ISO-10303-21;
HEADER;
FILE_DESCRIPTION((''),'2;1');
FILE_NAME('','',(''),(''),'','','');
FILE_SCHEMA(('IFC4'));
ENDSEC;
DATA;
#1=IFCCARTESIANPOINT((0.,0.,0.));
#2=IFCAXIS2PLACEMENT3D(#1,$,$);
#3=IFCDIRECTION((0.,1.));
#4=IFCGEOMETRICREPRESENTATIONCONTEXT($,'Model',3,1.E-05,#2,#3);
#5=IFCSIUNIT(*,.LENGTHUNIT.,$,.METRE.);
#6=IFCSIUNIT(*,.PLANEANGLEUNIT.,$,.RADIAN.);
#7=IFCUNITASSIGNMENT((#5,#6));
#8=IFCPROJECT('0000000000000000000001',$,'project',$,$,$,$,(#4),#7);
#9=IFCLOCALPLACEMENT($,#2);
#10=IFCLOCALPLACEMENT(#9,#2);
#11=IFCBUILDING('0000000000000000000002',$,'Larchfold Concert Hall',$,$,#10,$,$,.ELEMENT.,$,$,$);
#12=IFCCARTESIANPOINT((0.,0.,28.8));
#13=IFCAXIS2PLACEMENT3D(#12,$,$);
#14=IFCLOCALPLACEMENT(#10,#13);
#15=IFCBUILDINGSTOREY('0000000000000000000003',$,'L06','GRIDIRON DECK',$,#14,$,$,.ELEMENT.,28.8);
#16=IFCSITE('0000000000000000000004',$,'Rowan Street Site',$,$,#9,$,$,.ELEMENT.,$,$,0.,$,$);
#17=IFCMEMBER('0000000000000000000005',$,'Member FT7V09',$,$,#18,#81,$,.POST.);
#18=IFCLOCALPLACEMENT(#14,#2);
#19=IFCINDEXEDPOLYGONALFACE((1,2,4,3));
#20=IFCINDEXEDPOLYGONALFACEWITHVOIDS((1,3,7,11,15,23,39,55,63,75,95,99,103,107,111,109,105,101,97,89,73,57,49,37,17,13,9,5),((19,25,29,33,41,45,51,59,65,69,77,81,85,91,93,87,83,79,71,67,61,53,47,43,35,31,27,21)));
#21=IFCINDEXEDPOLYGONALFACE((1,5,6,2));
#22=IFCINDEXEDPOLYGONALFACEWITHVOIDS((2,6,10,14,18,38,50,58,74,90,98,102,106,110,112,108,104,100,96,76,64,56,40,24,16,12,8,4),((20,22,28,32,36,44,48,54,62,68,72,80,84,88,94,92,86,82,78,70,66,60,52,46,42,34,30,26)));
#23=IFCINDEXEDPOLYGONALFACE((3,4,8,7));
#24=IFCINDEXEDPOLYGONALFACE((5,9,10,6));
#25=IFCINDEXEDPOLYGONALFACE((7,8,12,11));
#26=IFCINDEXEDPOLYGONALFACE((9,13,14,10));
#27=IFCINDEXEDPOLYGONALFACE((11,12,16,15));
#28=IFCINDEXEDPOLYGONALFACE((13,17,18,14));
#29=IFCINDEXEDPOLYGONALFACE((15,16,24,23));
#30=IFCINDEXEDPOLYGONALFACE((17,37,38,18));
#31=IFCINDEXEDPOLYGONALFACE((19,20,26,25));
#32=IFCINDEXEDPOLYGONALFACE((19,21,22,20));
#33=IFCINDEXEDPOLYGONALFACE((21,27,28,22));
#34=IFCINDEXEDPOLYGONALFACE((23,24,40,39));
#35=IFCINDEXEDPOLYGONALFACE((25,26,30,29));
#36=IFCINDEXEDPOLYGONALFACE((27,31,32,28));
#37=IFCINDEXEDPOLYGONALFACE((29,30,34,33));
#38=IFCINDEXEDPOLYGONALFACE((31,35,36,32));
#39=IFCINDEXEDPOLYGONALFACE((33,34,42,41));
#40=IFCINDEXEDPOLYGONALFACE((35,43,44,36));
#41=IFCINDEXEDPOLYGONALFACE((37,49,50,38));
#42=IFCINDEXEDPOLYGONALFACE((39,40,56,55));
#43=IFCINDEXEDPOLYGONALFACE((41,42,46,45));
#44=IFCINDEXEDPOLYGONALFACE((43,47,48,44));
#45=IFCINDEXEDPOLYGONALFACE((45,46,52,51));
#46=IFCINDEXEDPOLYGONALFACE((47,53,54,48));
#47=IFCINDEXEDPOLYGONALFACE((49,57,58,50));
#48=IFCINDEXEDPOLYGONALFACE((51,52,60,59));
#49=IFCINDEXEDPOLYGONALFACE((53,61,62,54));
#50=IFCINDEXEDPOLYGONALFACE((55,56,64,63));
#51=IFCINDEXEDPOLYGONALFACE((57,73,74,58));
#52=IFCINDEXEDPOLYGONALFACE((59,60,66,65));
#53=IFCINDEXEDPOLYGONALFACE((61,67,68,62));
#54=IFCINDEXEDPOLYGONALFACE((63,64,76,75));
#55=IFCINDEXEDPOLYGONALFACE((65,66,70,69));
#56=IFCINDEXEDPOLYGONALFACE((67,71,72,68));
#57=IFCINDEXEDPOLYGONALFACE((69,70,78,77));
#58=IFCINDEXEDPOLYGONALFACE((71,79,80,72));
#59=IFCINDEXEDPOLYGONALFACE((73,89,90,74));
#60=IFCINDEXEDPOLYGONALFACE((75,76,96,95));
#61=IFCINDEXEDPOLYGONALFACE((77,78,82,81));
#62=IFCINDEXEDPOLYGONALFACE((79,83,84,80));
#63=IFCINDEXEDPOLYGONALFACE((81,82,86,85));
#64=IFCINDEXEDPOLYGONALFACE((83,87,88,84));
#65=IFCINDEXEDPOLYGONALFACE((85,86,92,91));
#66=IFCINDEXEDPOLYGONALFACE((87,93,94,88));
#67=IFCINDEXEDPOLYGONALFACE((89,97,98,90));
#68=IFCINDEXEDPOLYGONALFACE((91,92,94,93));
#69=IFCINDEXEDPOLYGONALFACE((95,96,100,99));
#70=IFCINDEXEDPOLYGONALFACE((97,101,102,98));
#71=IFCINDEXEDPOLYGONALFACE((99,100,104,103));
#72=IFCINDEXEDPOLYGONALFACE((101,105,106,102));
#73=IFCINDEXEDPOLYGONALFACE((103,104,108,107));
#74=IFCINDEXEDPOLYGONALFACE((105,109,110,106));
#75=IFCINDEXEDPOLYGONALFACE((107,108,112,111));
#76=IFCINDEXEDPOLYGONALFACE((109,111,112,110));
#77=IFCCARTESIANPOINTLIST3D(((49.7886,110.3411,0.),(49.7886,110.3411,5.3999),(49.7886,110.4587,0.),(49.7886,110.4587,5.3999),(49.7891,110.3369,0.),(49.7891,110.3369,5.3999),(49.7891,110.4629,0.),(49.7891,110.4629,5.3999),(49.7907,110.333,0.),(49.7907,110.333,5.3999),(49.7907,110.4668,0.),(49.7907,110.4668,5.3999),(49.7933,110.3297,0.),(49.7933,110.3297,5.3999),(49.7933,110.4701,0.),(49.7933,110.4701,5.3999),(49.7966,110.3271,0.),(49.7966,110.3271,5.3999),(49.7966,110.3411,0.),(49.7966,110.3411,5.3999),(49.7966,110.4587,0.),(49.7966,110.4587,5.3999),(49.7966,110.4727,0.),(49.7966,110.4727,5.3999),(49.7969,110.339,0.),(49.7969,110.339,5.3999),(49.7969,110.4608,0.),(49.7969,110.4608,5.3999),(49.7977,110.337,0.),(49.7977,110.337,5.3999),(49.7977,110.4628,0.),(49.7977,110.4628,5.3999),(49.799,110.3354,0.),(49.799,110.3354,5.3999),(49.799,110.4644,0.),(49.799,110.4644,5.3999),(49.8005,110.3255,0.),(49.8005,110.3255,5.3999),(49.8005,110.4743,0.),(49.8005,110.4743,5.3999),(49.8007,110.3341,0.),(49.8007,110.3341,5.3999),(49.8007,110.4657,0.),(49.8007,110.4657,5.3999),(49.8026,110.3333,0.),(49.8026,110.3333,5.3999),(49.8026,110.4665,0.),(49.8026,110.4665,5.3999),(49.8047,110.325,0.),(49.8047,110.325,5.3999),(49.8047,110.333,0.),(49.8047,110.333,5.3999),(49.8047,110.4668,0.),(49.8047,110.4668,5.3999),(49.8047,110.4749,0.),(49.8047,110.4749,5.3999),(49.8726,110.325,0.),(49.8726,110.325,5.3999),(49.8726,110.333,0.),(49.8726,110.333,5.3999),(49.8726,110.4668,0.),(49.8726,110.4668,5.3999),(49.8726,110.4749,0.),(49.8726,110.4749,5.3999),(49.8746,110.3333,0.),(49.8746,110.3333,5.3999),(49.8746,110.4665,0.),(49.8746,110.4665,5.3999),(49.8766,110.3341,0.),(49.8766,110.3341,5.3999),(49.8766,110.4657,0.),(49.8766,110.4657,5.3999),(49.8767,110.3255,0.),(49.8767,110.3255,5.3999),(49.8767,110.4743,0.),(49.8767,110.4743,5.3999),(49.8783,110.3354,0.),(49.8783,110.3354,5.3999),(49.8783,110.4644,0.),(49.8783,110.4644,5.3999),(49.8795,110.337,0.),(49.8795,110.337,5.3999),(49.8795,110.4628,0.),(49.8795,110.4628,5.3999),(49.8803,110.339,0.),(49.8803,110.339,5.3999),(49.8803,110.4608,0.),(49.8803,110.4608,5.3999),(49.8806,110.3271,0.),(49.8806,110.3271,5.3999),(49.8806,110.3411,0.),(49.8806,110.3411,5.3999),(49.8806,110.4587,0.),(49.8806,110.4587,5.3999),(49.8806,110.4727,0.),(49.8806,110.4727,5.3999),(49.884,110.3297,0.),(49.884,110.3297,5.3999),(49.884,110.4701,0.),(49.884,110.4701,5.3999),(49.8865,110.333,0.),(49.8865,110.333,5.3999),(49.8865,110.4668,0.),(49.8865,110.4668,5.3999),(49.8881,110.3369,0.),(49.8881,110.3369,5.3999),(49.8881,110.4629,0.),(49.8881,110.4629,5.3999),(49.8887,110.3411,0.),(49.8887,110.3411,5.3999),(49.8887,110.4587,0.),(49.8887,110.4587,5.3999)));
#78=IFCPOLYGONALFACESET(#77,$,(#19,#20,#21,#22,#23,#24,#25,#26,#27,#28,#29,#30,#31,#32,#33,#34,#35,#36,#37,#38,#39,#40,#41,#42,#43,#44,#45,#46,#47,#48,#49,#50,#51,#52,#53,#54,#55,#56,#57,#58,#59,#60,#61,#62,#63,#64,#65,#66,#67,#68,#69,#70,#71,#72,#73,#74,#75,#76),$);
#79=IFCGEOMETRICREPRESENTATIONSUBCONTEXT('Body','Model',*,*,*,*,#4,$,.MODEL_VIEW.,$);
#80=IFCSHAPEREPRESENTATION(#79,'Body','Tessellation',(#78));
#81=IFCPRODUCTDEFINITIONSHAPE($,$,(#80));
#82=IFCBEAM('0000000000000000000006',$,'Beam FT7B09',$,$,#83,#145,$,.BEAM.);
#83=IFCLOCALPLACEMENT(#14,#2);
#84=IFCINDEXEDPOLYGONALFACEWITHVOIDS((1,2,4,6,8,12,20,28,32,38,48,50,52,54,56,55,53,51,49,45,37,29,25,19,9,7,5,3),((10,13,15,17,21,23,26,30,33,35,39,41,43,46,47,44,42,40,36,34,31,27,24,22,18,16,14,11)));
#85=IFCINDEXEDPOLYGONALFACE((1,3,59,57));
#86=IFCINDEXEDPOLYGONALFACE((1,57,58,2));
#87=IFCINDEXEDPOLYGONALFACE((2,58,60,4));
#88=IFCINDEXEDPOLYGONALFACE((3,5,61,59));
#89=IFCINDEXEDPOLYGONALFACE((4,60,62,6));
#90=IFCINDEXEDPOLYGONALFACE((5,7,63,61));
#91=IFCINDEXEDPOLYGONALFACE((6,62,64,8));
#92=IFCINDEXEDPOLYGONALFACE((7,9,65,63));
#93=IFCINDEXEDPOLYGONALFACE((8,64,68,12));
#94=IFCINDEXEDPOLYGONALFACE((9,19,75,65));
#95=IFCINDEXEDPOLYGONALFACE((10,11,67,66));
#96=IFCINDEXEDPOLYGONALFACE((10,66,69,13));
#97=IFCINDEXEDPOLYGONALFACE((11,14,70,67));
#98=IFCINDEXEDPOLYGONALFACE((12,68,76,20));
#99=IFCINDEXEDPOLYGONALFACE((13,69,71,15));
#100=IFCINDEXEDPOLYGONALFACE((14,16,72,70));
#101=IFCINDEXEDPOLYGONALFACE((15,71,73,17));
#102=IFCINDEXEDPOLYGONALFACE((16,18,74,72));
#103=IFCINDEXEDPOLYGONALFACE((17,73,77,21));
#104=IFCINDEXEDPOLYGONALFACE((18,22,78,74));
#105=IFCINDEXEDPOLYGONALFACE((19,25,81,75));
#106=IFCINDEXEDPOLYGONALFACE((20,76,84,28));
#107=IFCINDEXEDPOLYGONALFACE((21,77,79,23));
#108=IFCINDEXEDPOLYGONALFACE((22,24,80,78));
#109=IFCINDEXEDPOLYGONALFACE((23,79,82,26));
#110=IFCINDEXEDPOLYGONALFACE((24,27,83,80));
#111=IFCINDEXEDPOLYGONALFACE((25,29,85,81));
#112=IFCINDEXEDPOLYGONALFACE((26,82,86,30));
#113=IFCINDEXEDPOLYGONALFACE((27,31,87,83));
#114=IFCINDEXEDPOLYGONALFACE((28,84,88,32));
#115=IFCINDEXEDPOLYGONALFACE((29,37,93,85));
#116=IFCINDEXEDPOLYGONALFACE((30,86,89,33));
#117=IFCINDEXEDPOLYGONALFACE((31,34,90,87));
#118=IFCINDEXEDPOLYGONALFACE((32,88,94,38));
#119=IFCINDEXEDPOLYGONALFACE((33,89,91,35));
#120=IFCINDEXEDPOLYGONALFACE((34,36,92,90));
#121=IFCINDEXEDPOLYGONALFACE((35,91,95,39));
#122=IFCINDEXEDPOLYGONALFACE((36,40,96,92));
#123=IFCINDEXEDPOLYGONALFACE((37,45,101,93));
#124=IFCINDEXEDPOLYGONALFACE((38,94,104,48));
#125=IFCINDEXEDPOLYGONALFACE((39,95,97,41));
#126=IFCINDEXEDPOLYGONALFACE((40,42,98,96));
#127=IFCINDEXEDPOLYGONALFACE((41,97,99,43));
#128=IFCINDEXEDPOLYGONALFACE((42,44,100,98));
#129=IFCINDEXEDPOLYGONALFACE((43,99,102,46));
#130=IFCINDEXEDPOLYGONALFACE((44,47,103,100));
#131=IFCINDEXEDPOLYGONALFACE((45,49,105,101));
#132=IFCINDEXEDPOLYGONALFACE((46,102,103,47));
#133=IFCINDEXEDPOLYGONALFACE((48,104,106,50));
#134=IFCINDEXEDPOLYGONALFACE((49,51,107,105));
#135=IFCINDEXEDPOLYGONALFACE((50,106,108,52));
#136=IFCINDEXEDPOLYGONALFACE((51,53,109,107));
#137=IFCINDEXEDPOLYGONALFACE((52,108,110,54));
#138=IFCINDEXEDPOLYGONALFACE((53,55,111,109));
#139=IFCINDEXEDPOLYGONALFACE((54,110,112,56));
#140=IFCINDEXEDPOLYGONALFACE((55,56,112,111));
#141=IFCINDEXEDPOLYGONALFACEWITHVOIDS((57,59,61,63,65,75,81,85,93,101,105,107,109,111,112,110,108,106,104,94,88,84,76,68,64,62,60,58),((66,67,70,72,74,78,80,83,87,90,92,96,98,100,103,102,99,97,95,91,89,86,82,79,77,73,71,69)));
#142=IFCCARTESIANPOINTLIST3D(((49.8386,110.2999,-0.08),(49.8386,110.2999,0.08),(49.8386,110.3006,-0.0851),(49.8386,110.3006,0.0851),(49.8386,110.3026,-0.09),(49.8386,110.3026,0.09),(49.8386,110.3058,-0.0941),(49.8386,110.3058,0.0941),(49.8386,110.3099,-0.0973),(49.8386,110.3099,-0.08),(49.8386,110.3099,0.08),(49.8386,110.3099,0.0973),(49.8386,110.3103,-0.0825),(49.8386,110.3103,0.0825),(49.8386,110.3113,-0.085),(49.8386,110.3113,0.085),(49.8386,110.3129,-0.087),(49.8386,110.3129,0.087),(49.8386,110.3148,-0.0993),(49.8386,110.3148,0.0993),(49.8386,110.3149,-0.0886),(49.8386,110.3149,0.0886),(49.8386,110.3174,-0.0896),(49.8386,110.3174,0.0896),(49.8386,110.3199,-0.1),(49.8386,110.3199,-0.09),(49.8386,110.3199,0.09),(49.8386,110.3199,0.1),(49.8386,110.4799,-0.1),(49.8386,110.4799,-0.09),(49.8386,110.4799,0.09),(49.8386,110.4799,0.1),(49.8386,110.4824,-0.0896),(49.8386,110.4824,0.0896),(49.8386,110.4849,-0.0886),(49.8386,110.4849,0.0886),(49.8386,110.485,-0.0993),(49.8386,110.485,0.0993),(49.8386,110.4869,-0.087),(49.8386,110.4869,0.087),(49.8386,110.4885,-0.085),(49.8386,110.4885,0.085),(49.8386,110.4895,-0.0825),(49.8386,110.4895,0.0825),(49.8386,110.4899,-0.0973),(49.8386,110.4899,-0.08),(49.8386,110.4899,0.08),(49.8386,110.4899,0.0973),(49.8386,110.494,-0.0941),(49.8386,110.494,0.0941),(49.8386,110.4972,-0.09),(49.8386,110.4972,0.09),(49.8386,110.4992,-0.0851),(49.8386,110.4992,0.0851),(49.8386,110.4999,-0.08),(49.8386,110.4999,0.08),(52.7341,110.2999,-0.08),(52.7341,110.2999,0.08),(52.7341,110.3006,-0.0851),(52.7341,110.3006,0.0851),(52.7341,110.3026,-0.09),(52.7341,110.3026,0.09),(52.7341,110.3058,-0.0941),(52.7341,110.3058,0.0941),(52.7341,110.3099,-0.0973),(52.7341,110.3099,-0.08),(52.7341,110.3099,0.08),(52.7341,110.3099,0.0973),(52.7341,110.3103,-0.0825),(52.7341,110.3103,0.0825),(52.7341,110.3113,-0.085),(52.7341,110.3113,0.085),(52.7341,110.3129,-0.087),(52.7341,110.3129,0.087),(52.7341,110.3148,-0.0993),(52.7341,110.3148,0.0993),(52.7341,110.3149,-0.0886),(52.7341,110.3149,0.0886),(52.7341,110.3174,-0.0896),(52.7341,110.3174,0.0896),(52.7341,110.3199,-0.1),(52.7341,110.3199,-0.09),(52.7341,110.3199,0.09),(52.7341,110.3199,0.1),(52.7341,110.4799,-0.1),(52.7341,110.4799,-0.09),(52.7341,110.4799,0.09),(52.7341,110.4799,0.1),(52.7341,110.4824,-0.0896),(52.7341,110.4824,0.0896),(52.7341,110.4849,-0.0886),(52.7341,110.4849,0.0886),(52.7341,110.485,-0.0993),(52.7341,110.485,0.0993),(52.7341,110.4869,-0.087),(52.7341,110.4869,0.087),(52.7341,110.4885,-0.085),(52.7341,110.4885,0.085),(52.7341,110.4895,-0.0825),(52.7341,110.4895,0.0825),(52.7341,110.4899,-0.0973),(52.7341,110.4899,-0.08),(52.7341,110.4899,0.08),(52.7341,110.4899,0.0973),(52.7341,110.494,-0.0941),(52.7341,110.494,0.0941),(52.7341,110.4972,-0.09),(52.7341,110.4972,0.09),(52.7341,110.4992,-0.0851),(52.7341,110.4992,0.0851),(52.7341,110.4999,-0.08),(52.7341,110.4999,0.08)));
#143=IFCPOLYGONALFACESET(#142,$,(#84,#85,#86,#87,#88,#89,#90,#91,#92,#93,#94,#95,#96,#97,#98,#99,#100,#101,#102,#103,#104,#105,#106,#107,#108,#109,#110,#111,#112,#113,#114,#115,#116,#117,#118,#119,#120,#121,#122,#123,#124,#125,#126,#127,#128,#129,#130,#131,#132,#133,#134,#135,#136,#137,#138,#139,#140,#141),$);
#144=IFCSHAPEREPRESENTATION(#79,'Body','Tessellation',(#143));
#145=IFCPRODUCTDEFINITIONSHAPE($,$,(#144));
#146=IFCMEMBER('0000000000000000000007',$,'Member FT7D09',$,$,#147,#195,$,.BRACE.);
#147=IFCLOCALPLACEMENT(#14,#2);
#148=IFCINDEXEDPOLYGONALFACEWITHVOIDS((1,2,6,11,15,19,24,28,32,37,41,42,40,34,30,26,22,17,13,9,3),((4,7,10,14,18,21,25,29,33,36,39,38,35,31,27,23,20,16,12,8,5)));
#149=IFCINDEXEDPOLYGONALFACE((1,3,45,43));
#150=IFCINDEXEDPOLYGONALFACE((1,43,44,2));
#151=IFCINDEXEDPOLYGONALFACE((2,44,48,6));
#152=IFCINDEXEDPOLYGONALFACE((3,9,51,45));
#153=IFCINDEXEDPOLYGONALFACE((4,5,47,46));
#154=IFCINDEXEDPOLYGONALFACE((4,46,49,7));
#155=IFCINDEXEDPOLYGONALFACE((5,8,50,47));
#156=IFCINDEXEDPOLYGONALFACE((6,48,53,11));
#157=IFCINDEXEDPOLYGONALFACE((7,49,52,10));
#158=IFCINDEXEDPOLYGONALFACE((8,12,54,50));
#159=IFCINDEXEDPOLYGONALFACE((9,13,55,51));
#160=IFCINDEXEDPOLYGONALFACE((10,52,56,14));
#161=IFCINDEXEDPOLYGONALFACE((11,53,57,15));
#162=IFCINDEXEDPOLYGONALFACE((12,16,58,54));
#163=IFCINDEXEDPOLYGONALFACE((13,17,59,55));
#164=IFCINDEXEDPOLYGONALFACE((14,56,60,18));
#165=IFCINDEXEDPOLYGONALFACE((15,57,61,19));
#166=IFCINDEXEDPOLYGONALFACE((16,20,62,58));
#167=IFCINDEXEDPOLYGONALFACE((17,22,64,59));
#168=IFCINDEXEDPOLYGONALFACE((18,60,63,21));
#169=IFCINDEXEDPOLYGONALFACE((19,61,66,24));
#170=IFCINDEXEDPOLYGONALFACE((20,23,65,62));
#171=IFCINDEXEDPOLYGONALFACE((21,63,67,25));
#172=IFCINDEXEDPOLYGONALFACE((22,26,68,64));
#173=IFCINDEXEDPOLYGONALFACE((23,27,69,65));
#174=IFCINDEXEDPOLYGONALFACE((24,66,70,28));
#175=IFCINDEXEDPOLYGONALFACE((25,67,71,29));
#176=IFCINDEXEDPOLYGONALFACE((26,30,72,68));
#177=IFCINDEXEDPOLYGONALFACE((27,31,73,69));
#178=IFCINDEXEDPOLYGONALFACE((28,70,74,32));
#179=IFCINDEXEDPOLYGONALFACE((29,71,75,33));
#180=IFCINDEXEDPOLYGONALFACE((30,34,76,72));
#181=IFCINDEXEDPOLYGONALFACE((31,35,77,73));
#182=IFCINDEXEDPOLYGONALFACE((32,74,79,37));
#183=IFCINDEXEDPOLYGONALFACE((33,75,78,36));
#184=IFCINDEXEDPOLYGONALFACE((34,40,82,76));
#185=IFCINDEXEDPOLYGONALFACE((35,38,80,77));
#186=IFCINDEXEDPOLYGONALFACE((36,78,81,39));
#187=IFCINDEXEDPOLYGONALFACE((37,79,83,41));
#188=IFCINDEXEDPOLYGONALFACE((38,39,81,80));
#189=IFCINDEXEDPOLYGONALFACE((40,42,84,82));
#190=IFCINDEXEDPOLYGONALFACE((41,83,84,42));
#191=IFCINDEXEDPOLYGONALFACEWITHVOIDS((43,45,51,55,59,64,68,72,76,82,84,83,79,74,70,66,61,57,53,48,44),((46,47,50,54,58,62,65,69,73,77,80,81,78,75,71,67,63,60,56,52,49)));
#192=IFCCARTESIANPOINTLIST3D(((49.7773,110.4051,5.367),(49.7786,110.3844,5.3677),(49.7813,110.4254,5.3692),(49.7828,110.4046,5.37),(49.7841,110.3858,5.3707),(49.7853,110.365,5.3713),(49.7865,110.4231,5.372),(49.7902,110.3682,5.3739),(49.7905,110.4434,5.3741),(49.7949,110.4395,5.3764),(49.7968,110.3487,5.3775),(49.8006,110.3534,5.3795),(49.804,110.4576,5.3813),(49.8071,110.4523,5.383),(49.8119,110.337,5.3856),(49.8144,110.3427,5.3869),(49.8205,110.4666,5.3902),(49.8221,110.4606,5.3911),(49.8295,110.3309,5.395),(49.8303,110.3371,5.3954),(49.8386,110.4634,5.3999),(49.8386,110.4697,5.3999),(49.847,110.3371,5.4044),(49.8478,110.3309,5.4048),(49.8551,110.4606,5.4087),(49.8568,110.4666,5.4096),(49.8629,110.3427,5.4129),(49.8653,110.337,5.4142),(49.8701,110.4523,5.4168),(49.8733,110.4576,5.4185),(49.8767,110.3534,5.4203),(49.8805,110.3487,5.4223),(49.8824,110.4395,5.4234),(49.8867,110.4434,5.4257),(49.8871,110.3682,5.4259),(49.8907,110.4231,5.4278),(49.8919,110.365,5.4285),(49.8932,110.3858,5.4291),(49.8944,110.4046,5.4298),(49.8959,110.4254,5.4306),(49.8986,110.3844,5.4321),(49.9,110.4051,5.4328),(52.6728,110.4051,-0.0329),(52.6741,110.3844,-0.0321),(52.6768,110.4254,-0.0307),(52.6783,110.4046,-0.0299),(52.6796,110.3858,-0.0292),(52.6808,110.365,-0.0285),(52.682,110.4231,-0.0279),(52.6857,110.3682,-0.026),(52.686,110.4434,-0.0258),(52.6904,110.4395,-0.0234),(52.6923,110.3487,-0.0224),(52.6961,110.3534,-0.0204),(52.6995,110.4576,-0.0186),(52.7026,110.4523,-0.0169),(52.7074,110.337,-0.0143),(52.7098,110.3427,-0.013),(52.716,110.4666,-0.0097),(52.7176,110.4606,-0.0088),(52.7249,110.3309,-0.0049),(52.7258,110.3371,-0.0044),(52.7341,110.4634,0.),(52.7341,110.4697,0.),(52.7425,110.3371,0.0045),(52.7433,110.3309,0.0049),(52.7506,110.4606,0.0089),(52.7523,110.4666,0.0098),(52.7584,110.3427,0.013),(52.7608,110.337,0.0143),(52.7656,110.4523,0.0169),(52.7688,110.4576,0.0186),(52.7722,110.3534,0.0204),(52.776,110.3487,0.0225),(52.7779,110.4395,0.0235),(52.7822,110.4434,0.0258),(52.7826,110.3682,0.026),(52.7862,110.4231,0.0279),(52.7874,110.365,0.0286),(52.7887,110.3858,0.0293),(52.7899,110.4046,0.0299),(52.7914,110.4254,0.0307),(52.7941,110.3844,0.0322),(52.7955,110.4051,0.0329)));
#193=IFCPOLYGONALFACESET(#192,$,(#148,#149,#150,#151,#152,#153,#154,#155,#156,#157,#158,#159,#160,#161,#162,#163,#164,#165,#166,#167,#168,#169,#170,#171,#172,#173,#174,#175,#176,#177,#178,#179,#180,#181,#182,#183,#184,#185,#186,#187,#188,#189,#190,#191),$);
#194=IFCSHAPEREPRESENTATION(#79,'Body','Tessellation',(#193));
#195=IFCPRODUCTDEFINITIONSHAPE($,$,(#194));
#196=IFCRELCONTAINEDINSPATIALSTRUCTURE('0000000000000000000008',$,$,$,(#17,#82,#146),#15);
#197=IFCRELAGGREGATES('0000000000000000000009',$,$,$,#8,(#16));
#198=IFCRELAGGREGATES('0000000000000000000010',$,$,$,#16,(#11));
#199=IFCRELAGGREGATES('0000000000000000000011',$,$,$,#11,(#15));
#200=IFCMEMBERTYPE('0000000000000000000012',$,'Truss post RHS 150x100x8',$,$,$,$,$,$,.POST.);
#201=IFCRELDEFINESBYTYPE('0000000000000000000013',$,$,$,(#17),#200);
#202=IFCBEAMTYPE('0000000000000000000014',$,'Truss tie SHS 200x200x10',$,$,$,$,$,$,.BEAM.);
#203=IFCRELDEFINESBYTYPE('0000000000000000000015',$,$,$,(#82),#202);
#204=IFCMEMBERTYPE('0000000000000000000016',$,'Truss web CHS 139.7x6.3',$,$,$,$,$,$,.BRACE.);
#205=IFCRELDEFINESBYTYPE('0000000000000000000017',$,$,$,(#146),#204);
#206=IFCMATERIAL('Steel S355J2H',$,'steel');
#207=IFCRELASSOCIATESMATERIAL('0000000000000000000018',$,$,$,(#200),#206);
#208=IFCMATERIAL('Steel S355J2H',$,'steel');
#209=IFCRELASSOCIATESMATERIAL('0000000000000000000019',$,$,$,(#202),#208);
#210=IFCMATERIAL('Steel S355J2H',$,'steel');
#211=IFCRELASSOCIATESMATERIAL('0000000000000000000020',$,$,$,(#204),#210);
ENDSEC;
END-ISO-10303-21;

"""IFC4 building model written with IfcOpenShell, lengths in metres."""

from ifc_helpers import new_model, si_unit, direction, frame, origin, origin_2d, place, context, subcontext, project, spatial, hollow_rectangle, hollow_circle, extrude, material, material_profile, profile_set, type_object, element, save


model = new_model("IFC4")

# Units and contexts
model_context = context("Model", 3, precision=1e-05, world=origin(), true_north=direction((0.0, 1.0)))
body_context = subcontext(model_context, "Body", "Model", "MODEL_VIEW")
ifc_project = project(units=[si_unit("LENGTHUNIT", "METRE"), si_unit("PLANEANGLEUNIT", "RADIAN")], contexts=[model_context])

# Site, building, storey
site_placement = place(None, origin())
site = spatial("IfcSite", under=ifc_project, at=site_placement, Name="Rowan Street Site", CompositionType="ELEMENT", RefElevation=0.0)
building_placement = place(site_placement, origin())
building = spatial("IfcBuilding", under=site, at=building_placement, Name="Larchfold Concert Hall", CompositionType="ELEMENT")
storey_placement = place(building_placement, frame((0.0, 0.0, 28.8)))
storey = spatial("IfcBuildingStorey", under=building, at=storey_placement, Name="L06", Description="GRIDIRON DECK", CompositionType="ELEMENT", Elevation=28.8)

# Member
ifc_material_1 = material(Name="Steel S355J2H", Category="steel")
ifc_material_profile_1 = material_profile(ifc_material_1, hollow_rectangle(XDim=0.1001, YDim=0.1499, WallThickness=0.0081, InnerFilletRadius=0.0081, OuterFilletRadius=0.0161, at=origin_2d()))
ifc_profile_set_1 = profile_set([ifc_material_profile_1], Name="Steel S355J2H")
member_type_1 = type_object("IfcMemberType", Name="Truss post RHS 150x100x8", PredefinedType="POST", material=ifc_profile_set_1)
member_1_placement = place(storey_placement, frame((49.8386, 110.3999, 5.3999), z_axis=(0.0, 0.0, -1.0), x_axis=(1.0, 0.0, 0.0)))
element("IfcMember", 1, at=member_1_placement, inside=storey, type_object=member_type_1, Name="Member FT7V09", PredefinedType="POST", context=body_context, shape_type="SweptSolid", body=[
    extrude(hollow_rectangle(XDim=0.1001, YDim=0.1499, WallThickness=0.0081, InnerFilletRadius=0.0081, OuterFilletRadius=0.0161, at=origin_2d()), origin(), (0.0, 0.0, 1.0), 5.3999),
])

# Beam
ifc_material_2 = material(Name="Steel S355J2H", Category="steel")
ifc_material_profile_2 = material_profile(ifc_material_2, hollow_rectangle(XDim=0.2, YDim=0.2, WallThickness=0.01, InnerFilletRadius=0.01, OuterFilletRadius=0.02, at=origin_2d()))
ifc_profile_set_2 = profile_set([ifc_material_profile_2], Name="Steel S355J2H")
beam_type_1 = type_object("IfcBeamType", Name="Truss tie SHS 200x200x10", PredefinedType="BEAM", material=ifc_profile_set_2)
beam_1_placement = place(storey_placement, frame((49.8386, 110.3999, 0.0), z_axis=(1.0, 0.0, 0.0), x_axis=(0.0, 1.0, 0.0)))
element("IfcBeam", 2, at=beam_1_placement, inside=storey, type_object=beam_type_1, Name="Beam FT7B09", PredefinedType="BEAM", context=body_context, shape_type="SweptSolid", body=[
    extrude(hollow_rectangle(XDim=0.2, YDim=0.2, WallThickness=0.01, InnerFilletRadius=0.01, OuterFilletRadius=0.02, at=origin_2d()), origin(), (0.0, 0.0, 1.0), 2.8955),
])

# Member
ifc_material_3 = material(Name="Steel S355J2H", Category="steel")
ifc_material_profile_3 = material_profile(ifc_material_3, hollow_circle(Radius=0.0698, WallThickness=0.0063, at=origin_2d()))
ifc_profile_set_3 = profile_set([ifc_material_profile_3], Name="Steel S355J2H")
member_type_2 = type_object("IfcMemberType", Name="Truss web CHS 139.7x6.3", PredefinedType="BRACE", material=ifc_profile_set_3)
member_2_placement = place(storey_placement, frame((49.8386, 110.3999, 5.3999), z_axis=(0.472564, 0.0, -0.881296), x_axis=(0.0, 1.0, 0.0)))
element("IfcMember", 3, at=member_2_placement, inside=storey, type_object=member_type_2, Name="Member FT7D09", PredefinedType="BRACE", context=body_context, shape_type="SweptSolid", body=[
    extrude(hollow_circle(Radius=0.0698, WallThickness=0.0063, at=origin_2d()), origin(), (0.0, 0.0, 1.0), 6.1272),
])

save(model, "model.ifc")
